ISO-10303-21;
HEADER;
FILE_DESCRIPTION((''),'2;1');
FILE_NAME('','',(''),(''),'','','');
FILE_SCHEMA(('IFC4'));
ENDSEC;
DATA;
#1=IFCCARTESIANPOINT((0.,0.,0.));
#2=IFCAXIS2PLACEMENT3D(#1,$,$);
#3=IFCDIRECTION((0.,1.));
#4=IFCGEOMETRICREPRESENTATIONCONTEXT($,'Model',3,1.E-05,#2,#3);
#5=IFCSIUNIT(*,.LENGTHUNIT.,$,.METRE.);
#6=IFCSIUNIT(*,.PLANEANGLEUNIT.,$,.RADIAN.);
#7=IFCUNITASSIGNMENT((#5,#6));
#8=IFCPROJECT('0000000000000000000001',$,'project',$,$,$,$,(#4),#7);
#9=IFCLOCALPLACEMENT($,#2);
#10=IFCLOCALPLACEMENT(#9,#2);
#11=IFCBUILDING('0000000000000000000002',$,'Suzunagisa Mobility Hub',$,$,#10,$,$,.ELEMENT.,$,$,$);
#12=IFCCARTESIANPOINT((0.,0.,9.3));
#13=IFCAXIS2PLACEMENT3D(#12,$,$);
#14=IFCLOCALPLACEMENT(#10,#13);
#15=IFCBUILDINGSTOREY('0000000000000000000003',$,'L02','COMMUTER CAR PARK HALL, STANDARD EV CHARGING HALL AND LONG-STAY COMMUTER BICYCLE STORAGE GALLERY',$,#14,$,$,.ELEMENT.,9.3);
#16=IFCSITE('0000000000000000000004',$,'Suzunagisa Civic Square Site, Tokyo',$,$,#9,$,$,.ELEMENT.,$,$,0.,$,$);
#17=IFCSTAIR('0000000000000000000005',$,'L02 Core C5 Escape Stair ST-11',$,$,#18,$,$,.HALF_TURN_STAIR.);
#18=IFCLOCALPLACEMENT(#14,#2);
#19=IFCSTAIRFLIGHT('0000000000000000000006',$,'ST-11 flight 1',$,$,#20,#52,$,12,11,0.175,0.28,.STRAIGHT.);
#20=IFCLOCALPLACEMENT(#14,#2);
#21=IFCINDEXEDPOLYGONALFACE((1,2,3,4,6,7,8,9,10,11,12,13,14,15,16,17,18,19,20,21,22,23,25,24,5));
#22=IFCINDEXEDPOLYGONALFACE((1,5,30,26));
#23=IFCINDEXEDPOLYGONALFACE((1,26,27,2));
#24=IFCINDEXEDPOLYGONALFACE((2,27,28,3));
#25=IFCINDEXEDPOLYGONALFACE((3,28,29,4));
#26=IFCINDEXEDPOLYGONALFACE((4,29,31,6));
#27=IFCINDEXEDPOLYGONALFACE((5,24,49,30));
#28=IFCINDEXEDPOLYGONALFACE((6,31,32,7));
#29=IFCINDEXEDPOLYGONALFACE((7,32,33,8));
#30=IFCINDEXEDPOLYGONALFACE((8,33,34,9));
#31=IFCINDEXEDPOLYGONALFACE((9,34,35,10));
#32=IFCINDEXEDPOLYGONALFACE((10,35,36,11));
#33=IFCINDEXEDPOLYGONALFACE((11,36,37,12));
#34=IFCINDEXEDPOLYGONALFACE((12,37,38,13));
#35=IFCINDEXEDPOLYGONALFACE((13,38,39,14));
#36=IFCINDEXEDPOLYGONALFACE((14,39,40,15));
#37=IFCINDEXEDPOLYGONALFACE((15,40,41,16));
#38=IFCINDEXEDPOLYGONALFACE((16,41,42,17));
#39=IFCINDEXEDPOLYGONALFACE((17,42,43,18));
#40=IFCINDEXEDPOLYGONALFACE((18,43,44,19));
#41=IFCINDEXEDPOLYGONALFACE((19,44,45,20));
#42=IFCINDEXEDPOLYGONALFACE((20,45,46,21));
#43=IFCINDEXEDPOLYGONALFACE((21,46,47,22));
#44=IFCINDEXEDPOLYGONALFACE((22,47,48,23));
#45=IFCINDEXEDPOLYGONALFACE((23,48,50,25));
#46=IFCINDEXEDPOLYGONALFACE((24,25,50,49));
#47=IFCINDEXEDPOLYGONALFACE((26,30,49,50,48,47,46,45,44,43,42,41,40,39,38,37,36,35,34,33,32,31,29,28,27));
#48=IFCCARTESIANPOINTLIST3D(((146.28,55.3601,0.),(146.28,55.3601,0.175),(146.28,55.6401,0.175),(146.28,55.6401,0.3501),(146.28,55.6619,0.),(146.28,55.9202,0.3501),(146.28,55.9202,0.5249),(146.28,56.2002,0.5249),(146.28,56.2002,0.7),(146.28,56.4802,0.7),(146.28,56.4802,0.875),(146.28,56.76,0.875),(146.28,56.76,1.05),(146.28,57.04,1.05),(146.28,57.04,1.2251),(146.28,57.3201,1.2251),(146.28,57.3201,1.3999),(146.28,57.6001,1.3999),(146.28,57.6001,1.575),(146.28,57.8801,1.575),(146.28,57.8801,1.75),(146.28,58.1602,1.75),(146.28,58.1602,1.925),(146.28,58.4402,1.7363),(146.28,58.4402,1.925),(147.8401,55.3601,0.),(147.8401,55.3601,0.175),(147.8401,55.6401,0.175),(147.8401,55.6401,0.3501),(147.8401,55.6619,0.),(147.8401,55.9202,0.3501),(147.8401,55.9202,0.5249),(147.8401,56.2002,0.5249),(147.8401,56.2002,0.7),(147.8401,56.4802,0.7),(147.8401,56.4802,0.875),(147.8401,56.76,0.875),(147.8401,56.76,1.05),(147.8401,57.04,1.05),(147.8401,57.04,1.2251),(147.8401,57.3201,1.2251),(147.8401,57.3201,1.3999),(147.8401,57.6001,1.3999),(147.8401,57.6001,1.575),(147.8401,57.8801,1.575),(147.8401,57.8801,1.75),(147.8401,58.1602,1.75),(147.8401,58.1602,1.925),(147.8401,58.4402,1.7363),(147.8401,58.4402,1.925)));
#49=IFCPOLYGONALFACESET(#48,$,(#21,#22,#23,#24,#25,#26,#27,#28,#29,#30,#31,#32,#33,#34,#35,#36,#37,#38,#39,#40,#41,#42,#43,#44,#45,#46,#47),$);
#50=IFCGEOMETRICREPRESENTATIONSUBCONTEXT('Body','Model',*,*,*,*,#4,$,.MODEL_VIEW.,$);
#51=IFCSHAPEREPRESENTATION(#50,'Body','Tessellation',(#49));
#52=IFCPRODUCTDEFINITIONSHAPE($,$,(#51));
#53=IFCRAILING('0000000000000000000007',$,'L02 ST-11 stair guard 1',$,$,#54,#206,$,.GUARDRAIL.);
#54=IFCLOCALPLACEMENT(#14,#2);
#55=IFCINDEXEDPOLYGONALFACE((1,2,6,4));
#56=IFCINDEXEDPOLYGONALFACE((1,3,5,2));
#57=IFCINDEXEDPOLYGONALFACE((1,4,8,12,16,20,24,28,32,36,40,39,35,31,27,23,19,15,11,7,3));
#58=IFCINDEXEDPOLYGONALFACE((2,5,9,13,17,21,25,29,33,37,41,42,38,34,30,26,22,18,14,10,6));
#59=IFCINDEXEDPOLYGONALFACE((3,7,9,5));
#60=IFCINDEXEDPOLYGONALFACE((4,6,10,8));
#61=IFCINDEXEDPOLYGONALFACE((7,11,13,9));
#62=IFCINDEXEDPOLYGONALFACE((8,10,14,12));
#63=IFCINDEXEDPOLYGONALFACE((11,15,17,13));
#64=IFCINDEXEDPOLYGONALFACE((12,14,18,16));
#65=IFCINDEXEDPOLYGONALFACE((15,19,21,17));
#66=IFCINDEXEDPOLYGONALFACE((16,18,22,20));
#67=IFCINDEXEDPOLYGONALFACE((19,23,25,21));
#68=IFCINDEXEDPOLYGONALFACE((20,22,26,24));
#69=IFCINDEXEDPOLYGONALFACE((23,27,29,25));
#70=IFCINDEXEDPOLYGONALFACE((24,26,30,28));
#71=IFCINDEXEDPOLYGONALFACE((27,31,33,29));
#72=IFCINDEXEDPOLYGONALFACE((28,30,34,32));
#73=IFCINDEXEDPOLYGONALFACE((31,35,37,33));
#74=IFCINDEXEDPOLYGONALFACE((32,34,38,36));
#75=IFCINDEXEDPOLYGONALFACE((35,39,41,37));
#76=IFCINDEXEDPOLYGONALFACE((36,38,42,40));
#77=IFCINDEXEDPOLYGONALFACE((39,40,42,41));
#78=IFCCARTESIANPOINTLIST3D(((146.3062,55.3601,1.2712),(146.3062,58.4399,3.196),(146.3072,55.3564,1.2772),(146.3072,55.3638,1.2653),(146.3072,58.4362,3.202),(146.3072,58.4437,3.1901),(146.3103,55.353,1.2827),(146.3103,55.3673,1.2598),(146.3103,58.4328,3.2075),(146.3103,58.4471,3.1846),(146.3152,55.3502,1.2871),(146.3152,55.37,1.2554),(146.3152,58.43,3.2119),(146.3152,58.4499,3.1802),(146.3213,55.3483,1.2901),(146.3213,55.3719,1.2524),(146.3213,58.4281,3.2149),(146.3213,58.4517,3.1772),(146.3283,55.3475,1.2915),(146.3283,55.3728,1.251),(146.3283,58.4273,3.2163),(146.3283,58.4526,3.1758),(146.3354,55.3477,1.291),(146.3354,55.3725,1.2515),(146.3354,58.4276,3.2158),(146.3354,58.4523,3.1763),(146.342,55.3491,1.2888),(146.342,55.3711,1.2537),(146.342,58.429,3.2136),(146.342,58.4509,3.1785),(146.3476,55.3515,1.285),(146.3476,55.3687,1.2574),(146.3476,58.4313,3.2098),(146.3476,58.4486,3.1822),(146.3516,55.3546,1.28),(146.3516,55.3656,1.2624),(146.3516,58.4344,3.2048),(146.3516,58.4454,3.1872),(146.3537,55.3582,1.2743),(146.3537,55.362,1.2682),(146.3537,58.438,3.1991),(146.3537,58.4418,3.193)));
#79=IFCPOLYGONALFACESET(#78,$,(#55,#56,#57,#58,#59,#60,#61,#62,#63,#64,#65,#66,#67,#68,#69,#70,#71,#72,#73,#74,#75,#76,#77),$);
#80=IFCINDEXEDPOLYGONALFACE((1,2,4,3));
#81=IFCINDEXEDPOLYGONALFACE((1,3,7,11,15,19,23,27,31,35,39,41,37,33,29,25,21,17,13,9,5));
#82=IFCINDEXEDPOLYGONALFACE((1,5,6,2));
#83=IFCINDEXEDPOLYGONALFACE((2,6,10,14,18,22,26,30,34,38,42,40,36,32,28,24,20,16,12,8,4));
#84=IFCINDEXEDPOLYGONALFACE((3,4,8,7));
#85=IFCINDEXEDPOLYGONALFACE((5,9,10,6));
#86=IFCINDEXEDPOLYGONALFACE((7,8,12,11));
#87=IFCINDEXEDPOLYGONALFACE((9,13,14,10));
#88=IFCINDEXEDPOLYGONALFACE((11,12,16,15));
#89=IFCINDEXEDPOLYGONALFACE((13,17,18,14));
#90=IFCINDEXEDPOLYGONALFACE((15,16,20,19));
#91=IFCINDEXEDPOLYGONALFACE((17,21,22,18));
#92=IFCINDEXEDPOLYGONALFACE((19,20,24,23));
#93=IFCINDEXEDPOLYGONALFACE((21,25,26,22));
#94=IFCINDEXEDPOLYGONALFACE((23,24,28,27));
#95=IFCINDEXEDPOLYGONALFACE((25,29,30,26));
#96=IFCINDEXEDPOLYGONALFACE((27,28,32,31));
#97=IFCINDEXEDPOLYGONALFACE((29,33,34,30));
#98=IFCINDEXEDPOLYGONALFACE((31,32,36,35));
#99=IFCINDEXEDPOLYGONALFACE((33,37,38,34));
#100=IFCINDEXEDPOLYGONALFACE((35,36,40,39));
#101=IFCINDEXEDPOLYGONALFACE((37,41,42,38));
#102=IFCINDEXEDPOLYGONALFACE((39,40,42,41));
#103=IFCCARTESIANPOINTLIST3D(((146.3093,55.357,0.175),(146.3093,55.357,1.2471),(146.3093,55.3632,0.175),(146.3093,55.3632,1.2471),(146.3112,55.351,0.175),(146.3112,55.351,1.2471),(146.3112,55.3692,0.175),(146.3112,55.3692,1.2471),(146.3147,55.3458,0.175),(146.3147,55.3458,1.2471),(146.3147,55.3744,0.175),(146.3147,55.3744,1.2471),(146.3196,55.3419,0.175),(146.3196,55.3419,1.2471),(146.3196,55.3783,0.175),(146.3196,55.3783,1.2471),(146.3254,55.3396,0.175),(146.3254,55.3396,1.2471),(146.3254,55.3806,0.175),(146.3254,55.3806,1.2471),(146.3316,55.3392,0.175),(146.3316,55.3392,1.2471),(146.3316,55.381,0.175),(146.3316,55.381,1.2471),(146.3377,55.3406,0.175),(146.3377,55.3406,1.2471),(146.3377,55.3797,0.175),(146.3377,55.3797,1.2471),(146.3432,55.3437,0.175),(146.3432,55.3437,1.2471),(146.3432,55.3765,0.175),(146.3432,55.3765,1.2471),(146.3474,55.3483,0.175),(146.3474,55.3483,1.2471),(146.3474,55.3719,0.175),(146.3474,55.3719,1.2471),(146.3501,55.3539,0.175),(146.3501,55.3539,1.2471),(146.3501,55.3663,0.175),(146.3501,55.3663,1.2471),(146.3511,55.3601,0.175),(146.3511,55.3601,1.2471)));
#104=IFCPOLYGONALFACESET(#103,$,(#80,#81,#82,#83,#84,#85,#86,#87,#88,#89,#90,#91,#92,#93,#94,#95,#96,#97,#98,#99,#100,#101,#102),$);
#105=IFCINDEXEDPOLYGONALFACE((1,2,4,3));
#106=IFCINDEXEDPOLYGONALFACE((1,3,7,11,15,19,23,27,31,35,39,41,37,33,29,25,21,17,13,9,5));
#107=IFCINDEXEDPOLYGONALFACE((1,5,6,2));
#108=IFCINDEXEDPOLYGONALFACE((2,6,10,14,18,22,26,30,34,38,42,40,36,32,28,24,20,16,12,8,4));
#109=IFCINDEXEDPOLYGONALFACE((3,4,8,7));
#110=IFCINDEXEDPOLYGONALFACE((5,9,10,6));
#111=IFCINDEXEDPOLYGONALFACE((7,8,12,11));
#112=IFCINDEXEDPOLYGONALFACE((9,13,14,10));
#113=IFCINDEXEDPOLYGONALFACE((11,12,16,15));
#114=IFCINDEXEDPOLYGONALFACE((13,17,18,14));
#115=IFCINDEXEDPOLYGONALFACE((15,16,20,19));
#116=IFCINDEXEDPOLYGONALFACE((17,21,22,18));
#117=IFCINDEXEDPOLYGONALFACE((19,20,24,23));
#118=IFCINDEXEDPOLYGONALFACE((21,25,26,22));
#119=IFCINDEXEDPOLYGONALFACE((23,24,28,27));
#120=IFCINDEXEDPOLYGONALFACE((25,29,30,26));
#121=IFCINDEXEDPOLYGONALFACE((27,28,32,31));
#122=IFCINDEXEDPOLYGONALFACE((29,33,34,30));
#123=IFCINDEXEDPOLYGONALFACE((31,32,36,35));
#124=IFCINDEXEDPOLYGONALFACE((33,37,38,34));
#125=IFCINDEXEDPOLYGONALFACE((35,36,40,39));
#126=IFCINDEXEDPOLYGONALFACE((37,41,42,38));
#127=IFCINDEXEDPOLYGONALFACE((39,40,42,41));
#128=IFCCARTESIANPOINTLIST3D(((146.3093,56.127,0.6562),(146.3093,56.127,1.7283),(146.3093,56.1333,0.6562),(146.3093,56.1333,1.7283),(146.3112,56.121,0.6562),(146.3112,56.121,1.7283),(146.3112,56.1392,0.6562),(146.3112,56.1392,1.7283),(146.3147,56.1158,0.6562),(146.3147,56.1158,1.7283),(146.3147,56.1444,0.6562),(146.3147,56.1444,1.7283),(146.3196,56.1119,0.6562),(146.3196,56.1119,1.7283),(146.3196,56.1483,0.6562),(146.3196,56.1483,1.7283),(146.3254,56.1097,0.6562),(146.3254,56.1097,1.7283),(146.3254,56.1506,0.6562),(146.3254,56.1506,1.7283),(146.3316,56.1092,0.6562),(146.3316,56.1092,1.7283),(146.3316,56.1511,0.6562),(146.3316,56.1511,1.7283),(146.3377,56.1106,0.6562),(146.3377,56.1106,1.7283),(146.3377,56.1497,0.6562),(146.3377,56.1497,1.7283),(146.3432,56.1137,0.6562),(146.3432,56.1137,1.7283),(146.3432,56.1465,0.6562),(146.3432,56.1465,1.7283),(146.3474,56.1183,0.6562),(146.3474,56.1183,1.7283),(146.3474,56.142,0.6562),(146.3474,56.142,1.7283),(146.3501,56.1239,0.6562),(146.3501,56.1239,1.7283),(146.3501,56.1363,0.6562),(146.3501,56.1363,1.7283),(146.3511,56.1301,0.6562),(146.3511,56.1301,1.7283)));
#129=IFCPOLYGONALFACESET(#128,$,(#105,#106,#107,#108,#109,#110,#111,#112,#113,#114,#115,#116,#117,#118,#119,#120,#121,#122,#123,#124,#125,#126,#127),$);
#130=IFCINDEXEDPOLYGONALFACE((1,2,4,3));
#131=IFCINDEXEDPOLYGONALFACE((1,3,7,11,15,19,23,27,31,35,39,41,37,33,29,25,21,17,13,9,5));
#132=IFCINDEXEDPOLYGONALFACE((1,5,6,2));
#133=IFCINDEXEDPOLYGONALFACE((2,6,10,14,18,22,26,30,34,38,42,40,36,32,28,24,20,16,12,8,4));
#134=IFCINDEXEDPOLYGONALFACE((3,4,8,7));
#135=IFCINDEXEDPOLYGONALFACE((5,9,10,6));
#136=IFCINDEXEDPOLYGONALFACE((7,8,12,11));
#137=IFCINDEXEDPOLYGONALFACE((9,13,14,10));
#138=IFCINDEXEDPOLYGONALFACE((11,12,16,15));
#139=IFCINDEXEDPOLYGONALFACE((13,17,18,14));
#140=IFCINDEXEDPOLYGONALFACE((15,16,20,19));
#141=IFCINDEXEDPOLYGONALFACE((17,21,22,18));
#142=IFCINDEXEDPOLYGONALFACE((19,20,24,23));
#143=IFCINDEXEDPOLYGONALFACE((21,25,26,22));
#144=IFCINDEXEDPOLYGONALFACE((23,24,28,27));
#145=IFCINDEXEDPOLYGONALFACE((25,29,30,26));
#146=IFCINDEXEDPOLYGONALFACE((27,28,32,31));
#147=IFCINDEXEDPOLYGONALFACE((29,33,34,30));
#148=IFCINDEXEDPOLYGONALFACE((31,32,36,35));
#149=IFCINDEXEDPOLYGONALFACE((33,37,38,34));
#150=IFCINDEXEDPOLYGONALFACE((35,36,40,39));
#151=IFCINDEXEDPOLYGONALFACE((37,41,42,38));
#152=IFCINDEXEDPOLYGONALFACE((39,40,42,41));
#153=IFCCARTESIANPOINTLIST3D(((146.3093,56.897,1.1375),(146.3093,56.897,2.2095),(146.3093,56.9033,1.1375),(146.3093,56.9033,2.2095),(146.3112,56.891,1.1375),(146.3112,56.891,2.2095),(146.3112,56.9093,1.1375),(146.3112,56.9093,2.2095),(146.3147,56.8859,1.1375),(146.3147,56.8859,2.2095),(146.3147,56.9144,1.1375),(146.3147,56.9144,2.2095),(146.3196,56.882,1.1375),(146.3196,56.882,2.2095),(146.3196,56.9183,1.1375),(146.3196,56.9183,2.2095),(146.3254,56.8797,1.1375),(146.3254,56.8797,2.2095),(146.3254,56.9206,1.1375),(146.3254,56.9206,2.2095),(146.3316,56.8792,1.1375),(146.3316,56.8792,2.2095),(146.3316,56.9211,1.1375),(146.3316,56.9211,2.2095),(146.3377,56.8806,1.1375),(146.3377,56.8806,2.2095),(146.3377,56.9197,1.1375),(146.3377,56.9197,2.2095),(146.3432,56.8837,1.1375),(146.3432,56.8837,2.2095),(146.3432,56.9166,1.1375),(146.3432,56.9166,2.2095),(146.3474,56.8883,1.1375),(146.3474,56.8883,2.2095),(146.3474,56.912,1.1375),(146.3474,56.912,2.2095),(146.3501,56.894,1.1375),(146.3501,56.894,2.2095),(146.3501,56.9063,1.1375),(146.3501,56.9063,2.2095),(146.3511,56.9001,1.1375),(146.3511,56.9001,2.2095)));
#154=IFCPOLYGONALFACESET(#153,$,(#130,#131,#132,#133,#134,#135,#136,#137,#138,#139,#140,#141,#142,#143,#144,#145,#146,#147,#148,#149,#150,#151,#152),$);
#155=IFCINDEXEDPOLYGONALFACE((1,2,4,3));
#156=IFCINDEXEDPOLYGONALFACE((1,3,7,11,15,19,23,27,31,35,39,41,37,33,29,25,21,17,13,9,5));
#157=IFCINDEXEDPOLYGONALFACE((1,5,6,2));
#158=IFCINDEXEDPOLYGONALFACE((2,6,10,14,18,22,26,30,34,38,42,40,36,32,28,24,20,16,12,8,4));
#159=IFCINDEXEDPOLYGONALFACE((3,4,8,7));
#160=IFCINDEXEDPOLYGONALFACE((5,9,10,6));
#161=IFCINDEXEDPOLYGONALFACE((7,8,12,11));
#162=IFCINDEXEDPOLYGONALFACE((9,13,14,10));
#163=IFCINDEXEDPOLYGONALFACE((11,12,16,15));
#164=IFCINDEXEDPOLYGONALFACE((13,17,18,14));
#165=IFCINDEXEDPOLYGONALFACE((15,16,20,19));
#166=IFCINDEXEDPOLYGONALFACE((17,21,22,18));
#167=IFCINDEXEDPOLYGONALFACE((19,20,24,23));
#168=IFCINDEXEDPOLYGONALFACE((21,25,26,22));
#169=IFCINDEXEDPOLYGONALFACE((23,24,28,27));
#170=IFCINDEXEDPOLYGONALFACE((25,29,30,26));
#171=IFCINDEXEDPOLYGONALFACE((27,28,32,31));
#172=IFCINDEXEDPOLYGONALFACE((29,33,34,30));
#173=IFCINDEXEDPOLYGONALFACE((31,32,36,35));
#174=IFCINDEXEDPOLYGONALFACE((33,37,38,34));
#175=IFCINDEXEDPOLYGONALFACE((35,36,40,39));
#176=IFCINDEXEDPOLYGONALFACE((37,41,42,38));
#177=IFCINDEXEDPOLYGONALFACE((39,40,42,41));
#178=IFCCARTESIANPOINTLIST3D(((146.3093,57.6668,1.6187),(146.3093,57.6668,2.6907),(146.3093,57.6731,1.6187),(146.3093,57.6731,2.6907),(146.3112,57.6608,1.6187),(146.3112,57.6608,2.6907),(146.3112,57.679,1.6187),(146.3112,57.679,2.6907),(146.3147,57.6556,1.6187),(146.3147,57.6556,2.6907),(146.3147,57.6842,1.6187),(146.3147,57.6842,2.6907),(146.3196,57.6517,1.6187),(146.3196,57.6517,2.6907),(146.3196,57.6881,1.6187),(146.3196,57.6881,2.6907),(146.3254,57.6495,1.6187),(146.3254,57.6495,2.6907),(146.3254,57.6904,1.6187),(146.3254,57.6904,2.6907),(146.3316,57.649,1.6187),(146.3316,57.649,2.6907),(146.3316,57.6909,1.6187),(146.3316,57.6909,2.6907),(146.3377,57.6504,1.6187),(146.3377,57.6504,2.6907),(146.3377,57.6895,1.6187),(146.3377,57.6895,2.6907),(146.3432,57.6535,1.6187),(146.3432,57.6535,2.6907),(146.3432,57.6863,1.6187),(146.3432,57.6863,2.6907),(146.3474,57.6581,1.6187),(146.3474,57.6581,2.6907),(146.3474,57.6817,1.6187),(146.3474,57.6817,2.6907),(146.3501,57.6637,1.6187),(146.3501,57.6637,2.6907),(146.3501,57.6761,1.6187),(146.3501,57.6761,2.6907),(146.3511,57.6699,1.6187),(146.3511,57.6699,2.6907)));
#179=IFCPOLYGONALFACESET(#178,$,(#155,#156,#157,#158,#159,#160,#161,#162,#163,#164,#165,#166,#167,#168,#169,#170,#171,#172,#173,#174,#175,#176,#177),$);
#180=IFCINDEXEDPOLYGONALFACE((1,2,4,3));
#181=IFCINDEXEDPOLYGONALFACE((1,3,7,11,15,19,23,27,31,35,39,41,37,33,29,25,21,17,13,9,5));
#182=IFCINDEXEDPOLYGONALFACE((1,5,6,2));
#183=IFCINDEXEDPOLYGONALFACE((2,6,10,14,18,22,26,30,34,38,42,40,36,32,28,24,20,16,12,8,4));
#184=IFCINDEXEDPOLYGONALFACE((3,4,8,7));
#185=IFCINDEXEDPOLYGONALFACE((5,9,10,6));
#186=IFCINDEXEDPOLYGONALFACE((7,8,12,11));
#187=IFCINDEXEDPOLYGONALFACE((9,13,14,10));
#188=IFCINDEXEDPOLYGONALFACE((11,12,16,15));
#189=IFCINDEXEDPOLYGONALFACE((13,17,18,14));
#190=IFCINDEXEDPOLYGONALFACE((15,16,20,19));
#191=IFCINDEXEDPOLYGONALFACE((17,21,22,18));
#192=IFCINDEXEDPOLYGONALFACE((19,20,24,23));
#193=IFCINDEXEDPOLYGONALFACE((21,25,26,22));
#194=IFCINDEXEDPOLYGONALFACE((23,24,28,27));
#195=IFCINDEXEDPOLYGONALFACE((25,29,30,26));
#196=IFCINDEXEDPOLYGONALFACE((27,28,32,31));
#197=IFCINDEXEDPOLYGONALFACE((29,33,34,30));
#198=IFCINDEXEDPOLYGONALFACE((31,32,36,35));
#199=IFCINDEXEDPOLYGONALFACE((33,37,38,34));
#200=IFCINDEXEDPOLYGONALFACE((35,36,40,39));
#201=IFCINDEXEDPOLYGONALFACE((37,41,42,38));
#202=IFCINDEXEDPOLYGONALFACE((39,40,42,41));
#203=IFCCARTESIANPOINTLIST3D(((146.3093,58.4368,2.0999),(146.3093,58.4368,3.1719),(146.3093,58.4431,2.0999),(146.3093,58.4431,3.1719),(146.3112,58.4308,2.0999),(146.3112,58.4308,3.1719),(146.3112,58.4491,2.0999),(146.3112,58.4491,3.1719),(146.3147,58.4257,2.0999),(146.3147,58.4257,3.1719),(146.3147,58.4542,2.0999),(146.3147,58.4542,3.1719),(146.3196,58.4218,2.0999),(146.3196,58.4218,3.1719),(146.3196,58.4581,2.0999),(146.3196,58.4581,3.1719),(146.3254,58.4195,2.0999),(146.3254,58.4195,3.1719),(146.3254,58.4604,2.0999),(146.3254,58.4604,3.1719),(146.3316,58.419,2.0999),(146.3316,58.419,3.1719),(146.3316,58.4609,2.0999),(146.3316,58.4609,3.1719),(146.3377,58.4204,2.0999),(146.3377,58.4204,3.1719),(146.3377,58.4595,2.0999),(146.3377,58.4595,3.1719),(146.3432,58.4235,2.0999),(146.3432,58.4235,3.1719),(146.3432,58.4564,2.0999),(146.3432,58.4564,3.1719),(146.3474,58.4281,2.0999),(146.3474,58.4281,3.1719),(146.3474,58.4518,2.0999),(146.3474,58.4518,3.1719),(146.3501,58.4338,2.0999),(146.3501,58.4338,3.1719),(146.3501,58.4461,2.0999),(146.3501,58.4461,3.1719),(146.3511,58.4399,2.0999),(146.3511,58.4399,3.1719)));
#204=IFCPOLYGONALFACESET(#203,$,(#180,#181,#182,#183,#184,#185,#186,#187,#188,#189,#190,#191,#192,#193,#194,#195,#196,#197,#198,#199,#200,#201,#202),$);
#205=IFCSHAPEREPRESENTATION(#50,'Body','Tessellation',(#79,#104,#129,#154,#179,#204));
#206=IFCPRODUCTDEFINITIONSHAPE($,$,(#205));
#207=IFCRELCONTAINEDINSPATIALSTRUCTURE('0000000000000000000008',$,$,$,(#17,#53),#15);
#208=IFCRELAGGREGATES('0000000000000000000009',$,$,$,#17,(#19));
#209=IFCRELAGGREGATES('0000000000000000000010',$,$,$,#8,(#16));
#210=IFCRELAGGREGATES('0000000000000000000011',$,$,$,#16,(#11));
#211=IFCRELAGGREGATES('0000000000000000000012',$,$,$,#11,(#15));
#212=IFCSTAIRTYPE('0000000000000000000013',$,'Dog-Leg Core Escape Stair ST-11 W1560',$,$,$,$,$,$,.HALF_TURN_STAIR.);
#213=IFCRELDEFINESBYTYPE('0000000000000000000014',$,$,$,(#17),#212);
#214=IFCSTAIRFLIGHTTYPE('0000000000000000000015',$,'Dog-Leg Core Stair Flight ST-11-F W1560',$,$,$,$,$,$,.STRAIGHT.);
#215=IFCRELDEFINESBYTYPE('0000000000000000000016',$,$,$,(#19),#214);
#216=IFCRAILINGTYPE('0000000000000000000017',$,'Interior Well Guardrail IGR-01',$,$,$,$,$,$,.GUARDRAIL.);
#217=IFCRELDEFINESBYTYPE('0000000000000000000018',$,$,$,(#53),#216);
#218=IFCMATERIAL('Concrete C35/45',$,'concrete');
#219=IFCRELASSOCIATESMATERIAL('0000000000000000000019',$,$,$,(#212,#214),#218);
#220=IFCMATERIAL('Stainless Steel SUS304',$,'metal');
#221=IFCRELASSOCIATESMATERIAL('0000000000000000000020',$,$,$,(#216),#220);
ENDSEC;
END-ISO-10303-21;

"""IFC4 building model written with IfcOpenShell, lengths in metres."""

from ifc_helpers import new_model, si_unit, direction, frame, origin, origin_2d, place, context, subcontext, project, spatial, polyline, circle, outline, extrude, material, type_object, element, aggregate, save


model = new_model("IFC4")

# Units and contexts
model_context = context("Model", 3, precision=1e-05, world=origin(), true_north=direction((0.0, 1.0)))
body_context = subcontext(model_context, "Body", "Model", "MODEL_VIEW")
ifc_project = project(units=[si_unit("LENGTHUNIT", "METRE"), si_unit("PLANEANGLEUNIT", "RADIAN")], contexts=[model_context])

# Site, building, storey
site_placement = place(None, origin())
site = spatial("IfcSite", under=ifc_project, at=site_placement, Name="Suzunagisa Civic Square Site, Tokyo", CompositionType="ELEMENT", RefElevation=0.0)
building_placement = place(site_placement, origin())
building = spatial("IfcBuilding", under=site, at=building_placement, Name="Suzunagisa Mobility Hub", CompositionType="ELEMENT")
storey_placement = place(building_placement, frame((0.0, 0.0, 9.3)))
storey = spatial("IfcBuildingStorey", under=building, at=storey_placement, Name="L02", Description="COMMUTER CAR PARK HALL, STANDARD EV CHARGING HALL AND LONG-STAY COMMUTER BICYCLE STORAGE GALLERY", CompositionType="ELEMENT", Elevation=9.3)

# Shared definitions
ifc_material_1 = material(Name="Concrete C35/45", Category="concrete")

# Stair, stair flight
stair_type = type_object("IfcStairType", Name="Dog-Leg Core Escape Stair ST-11 W1560", PredefinedType="HALF_TURN_STAIR", material=ifc_material_1)
stair_placement = place(storey_placement, origin())
stair = element("IfcStair", 1, at=stair_placement, inside=storey, type_object=stair_type, Name="L02 Core C5 Escape Stair ST-11", PredefinedType="HALF_TURN_STAIR")
stair_flight_type = type_object("IfcStairFlightType", Name="Dog-Leg Core Stair Flight ST-11-F W1560", PredefinedType="STRAIGHT", material=ifc_material_1)
stair_flight_placement = place(storey_placement, frame((147.0601, 55.3601, 0.0), z_axis=(0.0, 0.0, 1.0), x_axis=(0.0, 1.0, 0.0)))
stair_flight = element("IfcStairFlight", 2, at=stair_flight_placement, type_object=stair_flight_type, Name="ST-11 flight 1", NumberOfRisers=12, NumberOfTreads=11, PredefinedType="STRAIGHT", RiserHeight=0.175, TreadLength=0.28, context=body_context, shape_type="SweptSolid", body=[
    extrude(outline(polyline([(0.0, 0.0), (0.0, 0.175), (0.28, 0.175), (0.28, 0.3501), (0.5601, 0.3501), (0.5601, 0.5249), (0.8401, 0.5249), (0.8401, 0.7), (1.1201, 0.7), (1.1201, 0.875), (1.3999, 0.875), (1.3999, 1.05), (1.6799, 1.05), (1.6799, 1.2251), (1.96, 1.2251), (1.96, 1.3999), (2.24, 1.3999), (2.24, 1.575), (2.52, 1.575), (2.52, 1.75), (2.8, 1.75), (2.8, 1.925), (3.0801, 1.925), (3.0801, 2.1001), (3.0801, 1.7363), (0.3018, 0.0), (0.0, 0.0)])), frame((0.0, 0.78, 0.0), z_axis=(0.0, -1.0, 0.0), x_axis=(1.0, 0.0, 0.0)), (0.0, 0.0, 1.0), 1.5601),
])
aggregate(stair, [stair_flight])

# Railing
ifc_material_2 = material(Name="Stainless Steel SUS304", Category="metal")
railing_type_1 = type_object("IfcRailingType", Name="Interior Well Guardrail IGR-01", PredefinedType="GUARDRAIL", material=ifc_material_2)
railing_1_placement = place(storey_placement, frame((146.3301, 55.3601, 0.175)))
element("IfcRailing", 3, at=railing_1_placement, inside=storey, type_object=railing_type_1, Name="L02 ST-11 stair guard 1", PredefinedType="GUARDRAIL", context=body_context, shape_type="SweptSolid", body=[
    extrude(circle(Radius=0.0239, at=origin_2d()), frame((0.0, 0.0, 1.0962), z_axis=(0.0, 0.84801, 0.529981), x_axis=(-1.0, 0.0, 0.0)), (0.0, 0.0, 1.0), 3.6318),
    extrude(circle(Radius=0.021, at=origin_2d()), origin(), (0.0, 0.0, 1.0), 1.072),
    extrude(circle(Radius=0.021, at=origin_2d()), frame((0.0, 0.77, 0.4812)), (0.0, 0.0, 1.0), 1.072),
    extrude(circle(Radius=0.021, at=origin_2d()), frame((0.0, 1.54, 0.9624)), (0.0, 0.0, 1.0), 1.072),
    extrude(circle(Radius=0.021, at=origin_2d()), frame((0.0, 2.3098, 1.4436)), (0.0, 0.0, 1.0), 1.072),
    extrude(circle(Radius=0.021, at=origin_2d()), frame((0.0, 3.0798, 1.9248)), (0.0, 0.0, 1.0), 1.072),
])

save(model, "model.ifc")
